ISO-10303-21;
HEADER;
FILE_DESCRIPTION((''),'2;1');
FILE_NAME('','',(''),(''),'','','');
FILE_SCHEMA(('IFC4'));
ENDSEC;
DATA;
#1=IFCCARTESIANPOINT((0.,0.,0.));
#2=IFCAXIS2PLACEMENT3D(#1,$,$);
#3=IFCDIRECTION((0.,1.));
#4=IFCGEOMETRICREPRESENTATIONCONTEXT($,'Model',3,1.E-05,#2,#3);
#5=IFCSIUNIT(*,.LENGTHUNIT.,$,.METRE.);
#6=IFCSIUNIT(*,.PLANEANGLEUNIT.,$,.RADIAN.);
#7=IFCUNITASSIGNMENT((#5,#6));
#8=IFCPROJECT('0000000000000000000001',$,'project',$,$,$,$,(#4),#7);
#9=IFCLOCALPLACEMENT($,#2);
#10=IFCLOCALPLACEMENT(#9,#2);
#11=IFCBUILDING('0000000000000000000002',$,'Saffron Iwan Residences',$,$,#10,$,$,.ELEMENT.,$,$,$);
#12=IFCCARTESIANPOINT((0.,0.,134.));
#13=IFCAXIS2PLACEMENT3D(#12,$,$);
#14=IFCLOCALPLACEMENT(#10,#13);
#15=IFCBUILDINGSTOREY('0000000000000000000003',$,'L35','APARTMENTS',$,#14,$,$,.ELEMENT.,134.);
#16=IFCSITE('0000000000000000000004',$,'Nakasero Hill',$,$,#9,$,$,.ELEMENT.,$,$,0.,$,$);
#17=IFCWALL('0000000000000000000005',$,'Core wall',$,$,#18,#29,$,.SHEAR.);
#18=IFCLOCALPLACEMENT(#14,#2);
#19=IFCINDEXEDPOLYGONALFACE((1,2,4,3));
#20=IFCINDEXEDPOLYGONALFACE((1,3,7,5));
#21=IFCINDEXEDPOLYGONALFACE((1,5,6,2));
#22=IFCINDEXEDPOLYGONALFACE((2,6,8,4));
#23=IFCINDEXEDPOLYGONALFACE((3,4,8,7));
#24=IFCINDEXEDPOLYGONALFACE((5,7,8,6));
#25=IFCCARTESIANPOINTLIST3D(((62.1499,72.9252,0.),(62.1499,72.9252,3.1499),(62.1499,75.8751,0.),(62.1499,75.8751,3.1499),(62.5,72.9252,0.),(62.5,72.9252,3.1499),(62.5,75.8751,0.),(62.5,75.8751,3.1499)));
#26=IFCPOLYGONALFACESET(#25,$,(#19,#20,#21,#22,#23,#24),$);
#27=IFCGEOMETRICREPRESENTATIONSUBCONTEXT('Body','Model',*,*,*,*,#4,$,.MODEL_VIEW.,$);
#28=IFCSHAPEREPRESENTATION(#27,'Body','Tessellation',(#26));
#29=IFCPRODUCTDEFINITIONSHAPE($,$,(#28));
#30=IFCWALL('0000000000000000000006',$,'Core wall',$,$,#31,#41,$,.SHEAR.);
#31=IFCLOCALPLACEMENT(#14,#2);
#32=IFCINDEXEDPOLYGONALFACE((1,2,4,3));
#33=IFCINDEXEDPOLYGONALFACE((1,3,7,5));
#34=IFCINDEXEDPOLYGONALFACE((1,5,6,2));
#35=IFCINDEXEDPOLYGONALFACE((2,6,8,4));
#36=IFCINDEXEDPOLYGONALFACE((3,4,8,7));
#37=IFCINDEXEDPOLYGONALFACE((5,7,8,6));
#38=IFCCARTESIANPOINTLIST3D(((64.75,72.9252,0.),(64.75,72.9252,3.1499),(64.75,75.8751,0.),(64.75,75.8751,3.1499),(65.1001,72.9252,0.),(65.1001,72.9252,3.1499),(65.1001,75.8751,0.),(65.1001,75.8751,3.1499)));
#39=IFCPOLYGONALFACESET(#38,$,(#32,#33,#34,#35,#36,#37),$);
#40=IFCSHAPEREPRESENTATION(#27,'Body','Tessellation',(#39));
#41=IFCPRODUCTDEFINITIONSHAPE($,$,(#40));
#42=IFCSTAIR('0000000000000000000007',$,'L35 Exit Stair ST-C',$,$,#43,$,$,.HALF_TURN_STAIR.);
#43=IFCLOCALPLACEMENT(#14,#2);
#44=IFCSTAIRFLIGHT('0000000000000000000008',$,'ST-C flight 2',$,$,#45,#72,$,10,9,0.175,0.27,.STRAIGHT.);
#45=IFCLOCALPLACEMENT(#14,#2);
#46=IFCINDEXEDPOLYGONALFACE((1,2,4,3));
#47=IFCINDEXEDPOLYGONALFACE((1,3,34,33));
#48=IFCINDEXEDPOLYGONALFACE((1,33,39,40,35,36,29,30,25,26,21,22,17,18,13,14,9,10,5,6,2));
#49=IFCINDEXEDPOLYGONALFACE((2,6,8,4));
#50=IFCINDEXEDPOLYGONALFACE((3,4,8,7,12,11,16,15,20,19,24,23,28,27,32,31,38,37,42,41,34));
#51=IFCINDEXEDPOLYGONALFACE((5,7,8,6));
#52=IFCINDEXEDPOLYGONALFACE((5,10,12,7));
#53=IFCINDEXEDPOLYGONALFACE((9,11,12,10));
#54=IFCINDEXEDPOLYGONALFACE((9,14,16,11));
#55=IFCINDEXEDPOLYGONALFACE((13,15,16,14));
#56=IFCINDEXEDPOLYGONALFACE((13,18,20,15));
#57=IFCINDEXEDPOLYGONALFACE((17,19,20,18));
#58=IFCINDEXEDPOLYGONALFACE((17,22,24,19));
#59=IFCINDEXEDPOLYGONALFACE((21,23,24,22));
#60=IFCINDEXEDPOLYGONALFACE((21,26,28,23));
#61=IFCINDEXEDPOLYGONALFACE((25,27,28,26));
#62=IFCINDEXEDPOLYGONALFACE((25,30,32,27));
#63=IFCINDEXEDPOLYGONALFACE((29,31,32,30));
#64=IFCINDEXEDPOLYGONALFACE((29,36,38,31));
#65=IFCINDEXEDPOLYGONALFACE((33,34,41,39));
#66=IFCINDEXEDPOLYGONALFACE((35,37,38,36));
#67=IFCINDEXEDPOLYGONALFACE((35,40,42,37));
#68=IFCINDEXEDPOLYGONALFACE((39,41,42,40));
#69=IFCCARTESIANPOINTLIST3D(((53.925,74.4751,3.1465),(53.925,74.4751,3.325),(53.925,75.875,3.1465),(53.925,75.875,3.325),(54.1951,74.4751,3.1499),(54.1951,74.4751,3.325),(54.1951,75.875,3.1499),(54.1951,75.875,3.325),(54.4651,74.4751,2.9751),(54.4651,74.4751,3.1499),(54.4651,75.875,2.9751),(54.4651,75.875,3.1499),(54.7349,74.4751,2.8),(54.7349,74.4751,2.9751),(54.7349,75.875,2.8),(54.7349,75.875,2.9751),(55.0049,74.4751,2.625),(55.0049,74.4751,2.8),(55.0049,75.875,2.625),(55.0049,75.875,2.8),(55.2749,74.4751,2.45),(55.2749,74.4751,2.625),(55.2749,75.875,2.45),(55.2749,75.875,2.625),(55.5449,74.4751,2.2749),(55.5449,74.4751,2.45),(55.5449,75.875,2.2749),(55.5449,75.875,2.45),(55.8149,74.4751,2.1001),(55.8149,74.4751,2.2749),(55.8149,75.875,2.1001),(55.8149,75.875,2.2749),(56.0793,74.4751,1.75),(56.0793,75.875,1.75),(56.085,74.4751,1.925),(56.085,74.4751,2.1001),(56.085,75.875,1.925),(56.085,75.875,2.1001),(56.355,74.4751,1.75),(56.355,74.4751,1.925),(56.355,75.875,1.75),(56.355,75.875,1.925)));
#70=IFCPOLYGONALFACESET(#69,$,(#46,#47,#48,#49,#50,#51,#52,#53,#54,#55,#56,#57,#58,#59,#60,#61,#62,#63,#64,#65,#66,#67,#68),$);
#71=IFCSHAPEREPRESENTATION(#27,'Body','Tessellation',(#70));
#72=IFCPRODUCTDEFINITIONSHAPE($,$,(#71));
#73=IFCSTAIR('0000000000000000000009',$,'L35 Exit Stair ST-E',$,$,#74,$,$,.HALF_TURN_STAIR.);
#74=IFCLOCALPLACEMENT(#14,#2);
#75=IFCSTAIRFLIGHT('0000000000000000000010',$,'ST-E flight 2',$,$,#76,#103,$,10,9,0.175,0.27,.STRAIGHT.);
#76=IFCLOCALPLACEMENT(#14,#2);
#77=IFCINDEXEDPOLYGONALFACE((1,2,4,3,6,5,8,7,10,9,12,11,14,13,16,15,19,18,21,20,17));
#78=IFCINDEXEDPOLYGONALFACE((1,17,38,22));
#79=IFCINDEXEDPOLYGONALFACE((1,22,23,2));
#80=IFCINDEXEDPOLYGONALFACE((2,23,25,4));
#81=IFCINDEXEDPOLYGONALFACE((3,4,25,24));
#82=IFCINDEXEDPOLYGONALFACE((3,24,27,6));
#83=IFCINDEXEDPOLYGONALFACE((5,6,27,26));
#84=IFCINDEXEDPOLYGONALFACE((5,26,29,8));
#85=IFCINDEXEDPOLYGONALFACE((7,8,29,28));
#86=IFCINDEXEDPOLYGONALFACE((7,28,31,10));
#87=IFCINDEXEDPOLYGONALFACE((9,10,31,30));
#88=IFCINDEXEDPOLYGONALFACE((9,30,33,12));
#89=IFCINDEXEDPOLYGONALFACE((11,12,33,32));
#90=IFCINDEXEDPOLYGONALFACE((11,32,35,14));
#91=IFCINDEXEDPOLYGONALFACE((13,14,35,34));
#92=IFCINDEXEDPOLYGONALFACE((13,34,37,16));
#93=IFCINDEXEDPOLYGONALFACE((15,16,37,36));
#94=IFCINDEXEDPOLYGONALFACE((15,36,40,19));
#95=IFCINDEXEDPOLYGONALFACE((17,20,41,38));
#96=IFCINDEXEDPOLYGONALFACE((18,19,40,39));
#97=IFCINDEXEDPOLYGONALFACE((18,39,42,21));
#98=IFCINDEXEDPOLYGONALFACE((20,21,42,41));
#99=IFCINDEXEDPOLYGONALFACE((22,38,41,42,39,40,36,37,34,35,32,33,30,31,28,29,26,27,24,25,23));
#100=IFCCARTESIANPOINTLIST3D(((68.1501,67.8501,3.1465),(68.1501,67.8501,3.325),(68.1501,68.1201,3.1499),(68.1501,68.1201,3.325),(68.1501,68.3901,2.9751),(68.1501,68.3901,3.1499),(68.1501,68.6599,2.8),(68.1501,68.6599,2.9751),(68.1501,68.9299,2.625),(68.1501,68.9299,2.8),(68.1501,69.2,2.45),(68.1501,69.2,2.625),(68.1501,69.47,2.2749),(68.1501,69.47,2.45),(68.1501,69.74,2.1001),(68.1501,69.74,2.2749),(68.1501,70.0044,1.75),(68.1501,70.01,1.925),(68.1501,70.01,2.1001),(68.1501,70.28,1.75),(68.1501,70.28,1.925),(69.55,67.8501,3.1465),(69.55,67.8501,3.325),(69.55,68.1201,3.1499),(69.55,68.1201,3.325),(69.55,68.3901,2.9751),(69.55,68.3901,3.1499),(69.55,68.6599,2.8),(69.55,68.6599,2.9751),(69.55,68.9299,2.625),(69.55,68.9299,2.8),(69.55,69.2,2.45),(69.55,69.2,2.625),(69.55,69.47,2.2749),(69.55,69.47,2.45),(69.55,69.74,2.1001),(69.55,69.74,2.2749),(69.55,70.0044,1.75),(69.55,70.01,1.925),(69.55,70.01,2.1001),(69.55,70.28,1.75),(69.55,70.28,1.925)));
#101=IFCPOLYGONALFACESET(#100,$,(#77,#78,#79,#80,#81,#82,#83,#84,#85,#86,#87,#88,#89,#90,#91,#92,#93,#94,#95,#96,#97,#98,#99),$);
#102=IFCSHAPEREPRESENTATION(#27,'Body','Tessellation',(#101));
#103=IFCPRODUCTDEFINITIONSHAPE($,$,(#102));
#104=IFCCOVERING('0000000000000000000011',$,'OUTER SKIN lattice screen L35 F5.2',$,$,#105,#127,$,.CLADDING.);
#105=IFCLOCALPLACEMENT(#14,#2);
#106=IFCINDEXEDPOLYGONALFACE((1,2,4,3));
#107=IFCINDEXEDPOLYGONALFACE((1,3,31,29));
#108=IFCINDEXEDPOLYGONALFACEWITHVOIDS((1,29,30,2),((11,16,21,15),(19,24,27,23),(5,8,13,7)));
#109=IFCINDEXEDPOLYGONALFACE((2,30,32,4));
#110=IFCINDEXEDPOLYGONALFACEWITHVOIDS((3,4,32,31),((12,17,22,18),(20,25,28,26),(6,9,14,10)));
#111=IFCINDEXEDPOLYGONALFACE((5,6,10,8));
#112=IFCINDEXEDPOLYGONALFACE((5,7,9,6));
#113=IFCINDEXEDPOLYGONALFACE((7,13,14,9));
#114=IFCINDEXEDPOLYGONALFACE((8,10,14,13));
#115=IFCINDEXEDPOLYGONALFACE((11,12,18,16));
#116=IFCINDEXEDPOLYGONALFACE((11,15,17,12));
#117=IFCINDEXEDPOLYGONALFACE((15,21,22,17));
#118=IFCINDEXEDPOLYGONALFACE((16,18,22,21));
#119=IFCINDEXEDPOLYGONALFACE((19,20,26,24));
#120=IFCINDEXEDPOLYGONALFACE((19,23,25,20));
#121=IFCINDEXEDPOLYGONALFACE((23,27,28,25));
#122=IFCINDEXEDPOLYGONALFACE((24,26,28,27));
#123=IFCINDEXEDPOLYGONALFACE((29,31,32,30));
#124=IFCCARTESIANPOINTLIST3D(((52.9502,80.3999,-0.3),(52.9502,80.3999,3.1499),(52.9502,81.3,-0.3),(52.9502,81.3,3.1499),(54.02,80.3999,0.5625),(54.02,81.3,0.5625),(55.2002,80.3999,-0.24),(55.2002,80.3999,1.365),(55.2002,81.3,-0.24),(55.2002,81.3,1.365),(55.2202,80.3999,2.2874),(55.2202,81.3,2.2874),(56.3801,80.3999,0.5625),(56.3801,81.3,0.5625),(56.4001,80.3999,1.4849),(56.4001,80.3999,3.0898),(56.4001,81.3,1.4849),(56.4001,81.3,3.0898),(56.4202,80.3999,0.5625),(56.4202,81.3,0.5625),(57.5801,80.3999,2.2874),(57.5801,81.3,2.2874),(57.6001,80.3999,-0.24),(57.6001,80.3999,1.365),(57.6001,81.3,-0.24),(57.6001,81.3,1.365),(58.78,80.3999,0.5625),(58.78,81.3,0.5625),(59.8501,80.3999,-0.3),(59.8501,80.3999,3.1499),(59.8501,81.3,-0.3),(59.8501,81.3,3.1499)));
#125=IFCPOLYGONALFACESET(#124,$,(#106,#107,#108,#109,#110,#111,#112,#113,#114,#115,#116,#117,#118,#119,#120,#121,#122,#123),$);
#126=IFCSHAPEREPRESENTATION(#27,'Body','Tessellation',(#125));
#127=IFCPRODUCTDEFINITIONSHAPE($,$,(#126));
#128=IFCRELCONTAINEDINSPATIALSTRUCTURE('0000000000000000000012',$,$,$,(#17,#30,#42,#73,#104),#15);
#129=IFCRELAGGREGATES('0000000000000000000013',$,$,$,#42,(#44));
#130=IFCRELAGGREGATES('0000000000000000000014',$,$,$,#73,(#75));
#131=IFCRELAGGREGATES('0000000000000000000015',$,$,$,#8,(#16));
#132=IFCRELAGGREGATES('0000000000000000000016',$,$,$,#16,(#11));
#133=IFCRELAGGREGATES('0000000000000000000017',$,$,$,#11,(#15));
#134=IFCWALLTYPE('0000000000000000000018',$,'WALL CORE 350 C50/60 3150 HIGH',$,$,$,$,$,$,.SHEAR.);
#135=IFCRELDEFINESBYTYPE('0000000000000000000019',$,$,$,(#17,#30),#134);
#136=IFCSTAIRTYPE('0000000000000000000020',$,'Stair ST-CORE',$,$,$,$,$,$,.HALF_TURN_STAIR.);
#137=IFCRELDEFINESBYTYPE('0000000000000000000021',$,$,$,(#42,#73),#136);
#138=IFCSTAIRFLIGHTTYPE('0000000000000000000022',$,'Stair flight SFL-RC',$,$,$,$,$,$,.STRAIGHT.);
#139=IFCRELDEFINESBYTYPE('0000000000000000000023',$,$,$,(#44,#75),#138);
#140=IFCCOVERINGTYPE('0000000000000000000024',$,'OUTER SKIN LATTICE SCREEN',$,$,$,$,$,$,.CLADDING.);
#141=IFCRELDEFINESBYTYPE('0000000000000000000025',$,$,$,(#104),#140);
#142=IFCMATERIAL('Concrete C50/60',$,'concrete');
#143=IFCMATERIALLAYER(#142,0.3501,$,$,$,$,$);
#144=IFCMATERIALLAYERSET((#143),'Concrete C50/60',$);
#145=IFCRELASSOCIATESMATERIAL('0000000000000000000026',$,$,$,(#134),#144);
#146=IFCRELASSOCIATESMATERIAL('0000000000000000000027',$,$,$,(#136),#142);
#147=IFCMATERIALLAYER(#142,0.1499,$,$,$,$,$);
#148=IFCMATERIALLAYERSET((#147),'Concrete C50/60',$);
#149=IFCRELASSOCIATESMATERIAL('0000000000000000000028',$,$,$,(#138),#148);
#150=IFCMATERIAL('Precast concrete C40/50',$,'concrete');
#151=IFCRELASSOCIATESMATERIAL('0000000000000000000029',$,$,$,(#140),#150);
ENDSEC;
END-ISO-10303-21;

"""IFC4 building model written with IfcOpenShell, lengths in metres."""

from ifc_helpers import new_model, si_unit, direction, frame, frame_2d, origin, place, context, subcontext, project, spatial, polyline, rectangle, outline, extrude, material, layer, layer_set, type_object, element, aggregate, save


model = new_model("IFC4")

# Units and contexts
model_context = context("Model", 3, precision=1e-05, world=origin(), true_north=direction((0.0, 1.0)))
body_context = subcontext(model_context, "Body", "Model", "MODEL_VIEW")
ifc_project = project(units=[si_unit("LENGTHUNIT", "METRE"), si_unit("PLANEANGLEUNIT", "RADIAN")], contexts=[model_context])

# Site, building, storey
site_placement = place(None, origin())
site = spatial("IfcSite", under=ifc_project, at=site_placement, Name="Nakasero Hill", CompositionType="ELEMENT", RefElevation=0.0)
building_placement = place(site_placement, origin())
building = spatial("IfcBuilding", under=site, at=building_placement, Name="Saffron Iwan Residences", CompositionType="ELEMENT")
storey_placement = place(building_placement, frame((0.0, 0.0, 134.0)))
storey = spatial("IfcBuildingStorey", under=building, at=storey_placement, Name="L35", Description="APARTMENTS", CompositionType="ELEMENT", Elevation=134.0)

# Shared definitions
ifc_material_1 = material(Name="Concrete C50/60", Category="concrete")

# Shared definitions
ifc_layer_1 = layer(ifc_material_1, 0.3501)
ifc_layer_set_1 = layer_set([ifc_layer_1], Name="Concrete C50/60")
wall_type_1 = type_object("IfcWallType", Name="WALL CORE 350 C50/60 3150 HIGH", PredefinedType="SHEAR", material=ifc_layer_set_1)

# Walls
for number, where, z_axis, x_axis, name in (
    (1, (62.325, 72.925, 0.0), (0.0, 0.0, 1.0), (0.0, 1.0, 0.0), "Core wall"),
    (2, (64.925, 72.925, 0.0), (0.0, 0.0, 1.0), (0.0, 1.0, 0.0), "Core wall"),
):
    element("IfcWall", number, at=place(storey_placement, frame(where, z_axis=z_axis, x_axis=x_axis)), inside=storey, type_object=wall_type_1, Name=name, PredefinedType="SHEAR", context=body_context, shape_type="SweptSolid", body=[
        extrude(rectangle(XDim=2.95, YDim=0.3501, at=frame_2d((1.4751, 0.0))), origin(), (0.0, 0.0, 1.0), 3.1499),
    ])

# Stairs, stair flights
stair_type = type_object("IfcStairType", Name="Stair ST-CORE", PredefinedType="HALF_TURN_STAIR", material=ifc_material_1)
stair_1_placement = place(storey_placement, origin())
stair_1 = element("IfcStair", 3, at=stair_1_placement, inside=storey, type_object=stair_type, Name="L35 Exit Stair ST-C", PredefinedType="HALF_TURN_STAIR")
ifc_layer_2 = layer(ifc_material_1, 0.1499)
ifc_layer_set_2 = layer_set([ifc_layer_2], Name="Concrete C50/60")
stair_flight_type = type_object("IfcStairFlightType", Name="Stair flight SFL-RC", PredefinedType="STRAIGHT", material=ifc_layer_set_2)
stair_flight_1_placement = place(storey_placement, frame((56.355, 75.175, 1.75), z_axis=(0.0, 0.0, 1.0), x_axis=(-1.0, 0.0, 0.0)))
stair_flight_1 = element("IfcStairFlight", 4, at=stair_flight_1_placement, type_object=stair_flight_type, Name="ST-C flight 2", NumberOfRisers=10, NumberOfTreads=9, PredefinedType="STRAIGHT", RiserHeight=0.175, TreadLength=0.27, context=body_context, shape_type="SweptSolid", body=[
    extrude(outline(polyline([(0.0, 0.0), (0.0, 0.175), (0.27, 0.175), (0.27, 0.3501), (0.54, 0.3501), (0.54, 0.5249), (0.8101, 0.5249), (0.8101, 0.7), (1.0801, 0.7), (1.0801, 0.875), (1.3501, 0.875), (1.3501, 1.05), (1.6201, 1.05), (1.6201, 1.2251), (1.8899, 1.2251), (1.8899, 1.3999), (2.1599, 1.3999), (2.1599, 1.575), (2.4299, 1.575), (2.4299, 1.75), (2.4299, 1.3965), (0.2756, 0.0), (0.0, 0.0)])), frame((0.0, 0.7, 0.0), z_axis=(0.0, -1.0, 0.0), x_axis=(1.0, 0.0, 0.0)), (0.0, 0.0, 1.0), 1.3999),
])
aggregate(stair_1, [stair_flight_1])
stair_2_placement = place(storey_placement, origin())
stair_2 = element("IfcStair", 5, at=stair_2_placement, inside=storey, type_object=stair_type, Name="L35 Exit Stair ST-E", PredefinedType="HALF_TURN_STAIR")
stair_flight_2_placement = place(storey_placement, frame((68.8501, 70.28, 1.75), z_axis=(0.0, 0.0, 1.0), x_axis=(0.0, -1.0, 0.0)))
stair_flight_2 = element("IfcStairFlight", 6, at=stair_flight_2_placement, type_object=stair_flight_type, Name="ST-E flight 2", NumberOfRisers=10, NumberOfTreads=9, PredefinedType="STRAIGHT", RiserHeight=0.175, TreadLength=0.27, context=body_context, shape_type="SweptSolid", body=[
    extrude(outline(polyline([(0.0, 0.0), (0.0, 0.175), (0.27, 0.175), (0.27, 0.3501), (0.54, 0.3501), (0.54, 0.5249), (0.8101, 0.5249), (0.8101, 0.7), (1.0801, 0.7), (1.0801, 0.875), (1.3501, 0.875), (1.3501, 1.05), (1.6201, 1.05), (1.6201, 1.2251), (1.8899, 1.2251), (1.8899, 1.3999), (2.1599, 1.3999), (2.1599, 1.575), (2.4299, 1.575), (2.4299, 1.75), (2.4299, 1.3965), (0.2756, 0.0), (0.0, 0.0)])), frame((0.0, 0.7, 0.0), z_axis=(0.0, -1.0, 0.0), x_axis=(1.0, 0.0, 0.0)), (0.0, 0.0, 1.0), 1.3999),
])
aggregate(stair_2, [stair_flight_2])

# Covering
ifc_material_2 = material(Name="Precast concrete C40/50", Category="concrete")
covering_type_1 = type_object("IfcCoveringType", Name="OUTER SKIN LATTICE SCREEN", PredefinedType="CLADDING", material=ifc_material_2)
covering_placement = place(storey_placement, frame((59.8501, 80.3999, -0.3), z_axis=(0.0, 1.0, 0.0), x_axis=(-1.0, 0.0, 0.0)))
element("IfcCovering", 7, at=covering_placement, inside=storey, type_object=covering_type_1, Name="OUTER SKIN lattice screen L35 F5.2", PredefinedType="CLADDING", context=body_context, shape_type="SweptSolid", body=[
    extrude(outline(polyline([(0.0, 0.0), (6.8999, 0.0), (6.8999, 3.45), (0.0, 3.45), (0.0, 0.0)]), holes=[polyline([(1.0701, 0.8625), (2.25, 0.0601), (3.4299, 0.8625), (2.25, 1.665), (1.0701, 0.8625)]), polyline([(3.47, 0.8625), (4.6499, 0.0601), (5.8301, 0.8625), (4.6499, 1.665), (3.47, 0.8625)]), polyline([(2.27, 2.5874), (3.45, 1.7849), (4.6299, 2.5874), (3.45, 3.3899), (2.27, 2.5874)])]), origin(), (0.0, 0.0, 1.0), 0.9001),
])

save(model, "model.ifc")
